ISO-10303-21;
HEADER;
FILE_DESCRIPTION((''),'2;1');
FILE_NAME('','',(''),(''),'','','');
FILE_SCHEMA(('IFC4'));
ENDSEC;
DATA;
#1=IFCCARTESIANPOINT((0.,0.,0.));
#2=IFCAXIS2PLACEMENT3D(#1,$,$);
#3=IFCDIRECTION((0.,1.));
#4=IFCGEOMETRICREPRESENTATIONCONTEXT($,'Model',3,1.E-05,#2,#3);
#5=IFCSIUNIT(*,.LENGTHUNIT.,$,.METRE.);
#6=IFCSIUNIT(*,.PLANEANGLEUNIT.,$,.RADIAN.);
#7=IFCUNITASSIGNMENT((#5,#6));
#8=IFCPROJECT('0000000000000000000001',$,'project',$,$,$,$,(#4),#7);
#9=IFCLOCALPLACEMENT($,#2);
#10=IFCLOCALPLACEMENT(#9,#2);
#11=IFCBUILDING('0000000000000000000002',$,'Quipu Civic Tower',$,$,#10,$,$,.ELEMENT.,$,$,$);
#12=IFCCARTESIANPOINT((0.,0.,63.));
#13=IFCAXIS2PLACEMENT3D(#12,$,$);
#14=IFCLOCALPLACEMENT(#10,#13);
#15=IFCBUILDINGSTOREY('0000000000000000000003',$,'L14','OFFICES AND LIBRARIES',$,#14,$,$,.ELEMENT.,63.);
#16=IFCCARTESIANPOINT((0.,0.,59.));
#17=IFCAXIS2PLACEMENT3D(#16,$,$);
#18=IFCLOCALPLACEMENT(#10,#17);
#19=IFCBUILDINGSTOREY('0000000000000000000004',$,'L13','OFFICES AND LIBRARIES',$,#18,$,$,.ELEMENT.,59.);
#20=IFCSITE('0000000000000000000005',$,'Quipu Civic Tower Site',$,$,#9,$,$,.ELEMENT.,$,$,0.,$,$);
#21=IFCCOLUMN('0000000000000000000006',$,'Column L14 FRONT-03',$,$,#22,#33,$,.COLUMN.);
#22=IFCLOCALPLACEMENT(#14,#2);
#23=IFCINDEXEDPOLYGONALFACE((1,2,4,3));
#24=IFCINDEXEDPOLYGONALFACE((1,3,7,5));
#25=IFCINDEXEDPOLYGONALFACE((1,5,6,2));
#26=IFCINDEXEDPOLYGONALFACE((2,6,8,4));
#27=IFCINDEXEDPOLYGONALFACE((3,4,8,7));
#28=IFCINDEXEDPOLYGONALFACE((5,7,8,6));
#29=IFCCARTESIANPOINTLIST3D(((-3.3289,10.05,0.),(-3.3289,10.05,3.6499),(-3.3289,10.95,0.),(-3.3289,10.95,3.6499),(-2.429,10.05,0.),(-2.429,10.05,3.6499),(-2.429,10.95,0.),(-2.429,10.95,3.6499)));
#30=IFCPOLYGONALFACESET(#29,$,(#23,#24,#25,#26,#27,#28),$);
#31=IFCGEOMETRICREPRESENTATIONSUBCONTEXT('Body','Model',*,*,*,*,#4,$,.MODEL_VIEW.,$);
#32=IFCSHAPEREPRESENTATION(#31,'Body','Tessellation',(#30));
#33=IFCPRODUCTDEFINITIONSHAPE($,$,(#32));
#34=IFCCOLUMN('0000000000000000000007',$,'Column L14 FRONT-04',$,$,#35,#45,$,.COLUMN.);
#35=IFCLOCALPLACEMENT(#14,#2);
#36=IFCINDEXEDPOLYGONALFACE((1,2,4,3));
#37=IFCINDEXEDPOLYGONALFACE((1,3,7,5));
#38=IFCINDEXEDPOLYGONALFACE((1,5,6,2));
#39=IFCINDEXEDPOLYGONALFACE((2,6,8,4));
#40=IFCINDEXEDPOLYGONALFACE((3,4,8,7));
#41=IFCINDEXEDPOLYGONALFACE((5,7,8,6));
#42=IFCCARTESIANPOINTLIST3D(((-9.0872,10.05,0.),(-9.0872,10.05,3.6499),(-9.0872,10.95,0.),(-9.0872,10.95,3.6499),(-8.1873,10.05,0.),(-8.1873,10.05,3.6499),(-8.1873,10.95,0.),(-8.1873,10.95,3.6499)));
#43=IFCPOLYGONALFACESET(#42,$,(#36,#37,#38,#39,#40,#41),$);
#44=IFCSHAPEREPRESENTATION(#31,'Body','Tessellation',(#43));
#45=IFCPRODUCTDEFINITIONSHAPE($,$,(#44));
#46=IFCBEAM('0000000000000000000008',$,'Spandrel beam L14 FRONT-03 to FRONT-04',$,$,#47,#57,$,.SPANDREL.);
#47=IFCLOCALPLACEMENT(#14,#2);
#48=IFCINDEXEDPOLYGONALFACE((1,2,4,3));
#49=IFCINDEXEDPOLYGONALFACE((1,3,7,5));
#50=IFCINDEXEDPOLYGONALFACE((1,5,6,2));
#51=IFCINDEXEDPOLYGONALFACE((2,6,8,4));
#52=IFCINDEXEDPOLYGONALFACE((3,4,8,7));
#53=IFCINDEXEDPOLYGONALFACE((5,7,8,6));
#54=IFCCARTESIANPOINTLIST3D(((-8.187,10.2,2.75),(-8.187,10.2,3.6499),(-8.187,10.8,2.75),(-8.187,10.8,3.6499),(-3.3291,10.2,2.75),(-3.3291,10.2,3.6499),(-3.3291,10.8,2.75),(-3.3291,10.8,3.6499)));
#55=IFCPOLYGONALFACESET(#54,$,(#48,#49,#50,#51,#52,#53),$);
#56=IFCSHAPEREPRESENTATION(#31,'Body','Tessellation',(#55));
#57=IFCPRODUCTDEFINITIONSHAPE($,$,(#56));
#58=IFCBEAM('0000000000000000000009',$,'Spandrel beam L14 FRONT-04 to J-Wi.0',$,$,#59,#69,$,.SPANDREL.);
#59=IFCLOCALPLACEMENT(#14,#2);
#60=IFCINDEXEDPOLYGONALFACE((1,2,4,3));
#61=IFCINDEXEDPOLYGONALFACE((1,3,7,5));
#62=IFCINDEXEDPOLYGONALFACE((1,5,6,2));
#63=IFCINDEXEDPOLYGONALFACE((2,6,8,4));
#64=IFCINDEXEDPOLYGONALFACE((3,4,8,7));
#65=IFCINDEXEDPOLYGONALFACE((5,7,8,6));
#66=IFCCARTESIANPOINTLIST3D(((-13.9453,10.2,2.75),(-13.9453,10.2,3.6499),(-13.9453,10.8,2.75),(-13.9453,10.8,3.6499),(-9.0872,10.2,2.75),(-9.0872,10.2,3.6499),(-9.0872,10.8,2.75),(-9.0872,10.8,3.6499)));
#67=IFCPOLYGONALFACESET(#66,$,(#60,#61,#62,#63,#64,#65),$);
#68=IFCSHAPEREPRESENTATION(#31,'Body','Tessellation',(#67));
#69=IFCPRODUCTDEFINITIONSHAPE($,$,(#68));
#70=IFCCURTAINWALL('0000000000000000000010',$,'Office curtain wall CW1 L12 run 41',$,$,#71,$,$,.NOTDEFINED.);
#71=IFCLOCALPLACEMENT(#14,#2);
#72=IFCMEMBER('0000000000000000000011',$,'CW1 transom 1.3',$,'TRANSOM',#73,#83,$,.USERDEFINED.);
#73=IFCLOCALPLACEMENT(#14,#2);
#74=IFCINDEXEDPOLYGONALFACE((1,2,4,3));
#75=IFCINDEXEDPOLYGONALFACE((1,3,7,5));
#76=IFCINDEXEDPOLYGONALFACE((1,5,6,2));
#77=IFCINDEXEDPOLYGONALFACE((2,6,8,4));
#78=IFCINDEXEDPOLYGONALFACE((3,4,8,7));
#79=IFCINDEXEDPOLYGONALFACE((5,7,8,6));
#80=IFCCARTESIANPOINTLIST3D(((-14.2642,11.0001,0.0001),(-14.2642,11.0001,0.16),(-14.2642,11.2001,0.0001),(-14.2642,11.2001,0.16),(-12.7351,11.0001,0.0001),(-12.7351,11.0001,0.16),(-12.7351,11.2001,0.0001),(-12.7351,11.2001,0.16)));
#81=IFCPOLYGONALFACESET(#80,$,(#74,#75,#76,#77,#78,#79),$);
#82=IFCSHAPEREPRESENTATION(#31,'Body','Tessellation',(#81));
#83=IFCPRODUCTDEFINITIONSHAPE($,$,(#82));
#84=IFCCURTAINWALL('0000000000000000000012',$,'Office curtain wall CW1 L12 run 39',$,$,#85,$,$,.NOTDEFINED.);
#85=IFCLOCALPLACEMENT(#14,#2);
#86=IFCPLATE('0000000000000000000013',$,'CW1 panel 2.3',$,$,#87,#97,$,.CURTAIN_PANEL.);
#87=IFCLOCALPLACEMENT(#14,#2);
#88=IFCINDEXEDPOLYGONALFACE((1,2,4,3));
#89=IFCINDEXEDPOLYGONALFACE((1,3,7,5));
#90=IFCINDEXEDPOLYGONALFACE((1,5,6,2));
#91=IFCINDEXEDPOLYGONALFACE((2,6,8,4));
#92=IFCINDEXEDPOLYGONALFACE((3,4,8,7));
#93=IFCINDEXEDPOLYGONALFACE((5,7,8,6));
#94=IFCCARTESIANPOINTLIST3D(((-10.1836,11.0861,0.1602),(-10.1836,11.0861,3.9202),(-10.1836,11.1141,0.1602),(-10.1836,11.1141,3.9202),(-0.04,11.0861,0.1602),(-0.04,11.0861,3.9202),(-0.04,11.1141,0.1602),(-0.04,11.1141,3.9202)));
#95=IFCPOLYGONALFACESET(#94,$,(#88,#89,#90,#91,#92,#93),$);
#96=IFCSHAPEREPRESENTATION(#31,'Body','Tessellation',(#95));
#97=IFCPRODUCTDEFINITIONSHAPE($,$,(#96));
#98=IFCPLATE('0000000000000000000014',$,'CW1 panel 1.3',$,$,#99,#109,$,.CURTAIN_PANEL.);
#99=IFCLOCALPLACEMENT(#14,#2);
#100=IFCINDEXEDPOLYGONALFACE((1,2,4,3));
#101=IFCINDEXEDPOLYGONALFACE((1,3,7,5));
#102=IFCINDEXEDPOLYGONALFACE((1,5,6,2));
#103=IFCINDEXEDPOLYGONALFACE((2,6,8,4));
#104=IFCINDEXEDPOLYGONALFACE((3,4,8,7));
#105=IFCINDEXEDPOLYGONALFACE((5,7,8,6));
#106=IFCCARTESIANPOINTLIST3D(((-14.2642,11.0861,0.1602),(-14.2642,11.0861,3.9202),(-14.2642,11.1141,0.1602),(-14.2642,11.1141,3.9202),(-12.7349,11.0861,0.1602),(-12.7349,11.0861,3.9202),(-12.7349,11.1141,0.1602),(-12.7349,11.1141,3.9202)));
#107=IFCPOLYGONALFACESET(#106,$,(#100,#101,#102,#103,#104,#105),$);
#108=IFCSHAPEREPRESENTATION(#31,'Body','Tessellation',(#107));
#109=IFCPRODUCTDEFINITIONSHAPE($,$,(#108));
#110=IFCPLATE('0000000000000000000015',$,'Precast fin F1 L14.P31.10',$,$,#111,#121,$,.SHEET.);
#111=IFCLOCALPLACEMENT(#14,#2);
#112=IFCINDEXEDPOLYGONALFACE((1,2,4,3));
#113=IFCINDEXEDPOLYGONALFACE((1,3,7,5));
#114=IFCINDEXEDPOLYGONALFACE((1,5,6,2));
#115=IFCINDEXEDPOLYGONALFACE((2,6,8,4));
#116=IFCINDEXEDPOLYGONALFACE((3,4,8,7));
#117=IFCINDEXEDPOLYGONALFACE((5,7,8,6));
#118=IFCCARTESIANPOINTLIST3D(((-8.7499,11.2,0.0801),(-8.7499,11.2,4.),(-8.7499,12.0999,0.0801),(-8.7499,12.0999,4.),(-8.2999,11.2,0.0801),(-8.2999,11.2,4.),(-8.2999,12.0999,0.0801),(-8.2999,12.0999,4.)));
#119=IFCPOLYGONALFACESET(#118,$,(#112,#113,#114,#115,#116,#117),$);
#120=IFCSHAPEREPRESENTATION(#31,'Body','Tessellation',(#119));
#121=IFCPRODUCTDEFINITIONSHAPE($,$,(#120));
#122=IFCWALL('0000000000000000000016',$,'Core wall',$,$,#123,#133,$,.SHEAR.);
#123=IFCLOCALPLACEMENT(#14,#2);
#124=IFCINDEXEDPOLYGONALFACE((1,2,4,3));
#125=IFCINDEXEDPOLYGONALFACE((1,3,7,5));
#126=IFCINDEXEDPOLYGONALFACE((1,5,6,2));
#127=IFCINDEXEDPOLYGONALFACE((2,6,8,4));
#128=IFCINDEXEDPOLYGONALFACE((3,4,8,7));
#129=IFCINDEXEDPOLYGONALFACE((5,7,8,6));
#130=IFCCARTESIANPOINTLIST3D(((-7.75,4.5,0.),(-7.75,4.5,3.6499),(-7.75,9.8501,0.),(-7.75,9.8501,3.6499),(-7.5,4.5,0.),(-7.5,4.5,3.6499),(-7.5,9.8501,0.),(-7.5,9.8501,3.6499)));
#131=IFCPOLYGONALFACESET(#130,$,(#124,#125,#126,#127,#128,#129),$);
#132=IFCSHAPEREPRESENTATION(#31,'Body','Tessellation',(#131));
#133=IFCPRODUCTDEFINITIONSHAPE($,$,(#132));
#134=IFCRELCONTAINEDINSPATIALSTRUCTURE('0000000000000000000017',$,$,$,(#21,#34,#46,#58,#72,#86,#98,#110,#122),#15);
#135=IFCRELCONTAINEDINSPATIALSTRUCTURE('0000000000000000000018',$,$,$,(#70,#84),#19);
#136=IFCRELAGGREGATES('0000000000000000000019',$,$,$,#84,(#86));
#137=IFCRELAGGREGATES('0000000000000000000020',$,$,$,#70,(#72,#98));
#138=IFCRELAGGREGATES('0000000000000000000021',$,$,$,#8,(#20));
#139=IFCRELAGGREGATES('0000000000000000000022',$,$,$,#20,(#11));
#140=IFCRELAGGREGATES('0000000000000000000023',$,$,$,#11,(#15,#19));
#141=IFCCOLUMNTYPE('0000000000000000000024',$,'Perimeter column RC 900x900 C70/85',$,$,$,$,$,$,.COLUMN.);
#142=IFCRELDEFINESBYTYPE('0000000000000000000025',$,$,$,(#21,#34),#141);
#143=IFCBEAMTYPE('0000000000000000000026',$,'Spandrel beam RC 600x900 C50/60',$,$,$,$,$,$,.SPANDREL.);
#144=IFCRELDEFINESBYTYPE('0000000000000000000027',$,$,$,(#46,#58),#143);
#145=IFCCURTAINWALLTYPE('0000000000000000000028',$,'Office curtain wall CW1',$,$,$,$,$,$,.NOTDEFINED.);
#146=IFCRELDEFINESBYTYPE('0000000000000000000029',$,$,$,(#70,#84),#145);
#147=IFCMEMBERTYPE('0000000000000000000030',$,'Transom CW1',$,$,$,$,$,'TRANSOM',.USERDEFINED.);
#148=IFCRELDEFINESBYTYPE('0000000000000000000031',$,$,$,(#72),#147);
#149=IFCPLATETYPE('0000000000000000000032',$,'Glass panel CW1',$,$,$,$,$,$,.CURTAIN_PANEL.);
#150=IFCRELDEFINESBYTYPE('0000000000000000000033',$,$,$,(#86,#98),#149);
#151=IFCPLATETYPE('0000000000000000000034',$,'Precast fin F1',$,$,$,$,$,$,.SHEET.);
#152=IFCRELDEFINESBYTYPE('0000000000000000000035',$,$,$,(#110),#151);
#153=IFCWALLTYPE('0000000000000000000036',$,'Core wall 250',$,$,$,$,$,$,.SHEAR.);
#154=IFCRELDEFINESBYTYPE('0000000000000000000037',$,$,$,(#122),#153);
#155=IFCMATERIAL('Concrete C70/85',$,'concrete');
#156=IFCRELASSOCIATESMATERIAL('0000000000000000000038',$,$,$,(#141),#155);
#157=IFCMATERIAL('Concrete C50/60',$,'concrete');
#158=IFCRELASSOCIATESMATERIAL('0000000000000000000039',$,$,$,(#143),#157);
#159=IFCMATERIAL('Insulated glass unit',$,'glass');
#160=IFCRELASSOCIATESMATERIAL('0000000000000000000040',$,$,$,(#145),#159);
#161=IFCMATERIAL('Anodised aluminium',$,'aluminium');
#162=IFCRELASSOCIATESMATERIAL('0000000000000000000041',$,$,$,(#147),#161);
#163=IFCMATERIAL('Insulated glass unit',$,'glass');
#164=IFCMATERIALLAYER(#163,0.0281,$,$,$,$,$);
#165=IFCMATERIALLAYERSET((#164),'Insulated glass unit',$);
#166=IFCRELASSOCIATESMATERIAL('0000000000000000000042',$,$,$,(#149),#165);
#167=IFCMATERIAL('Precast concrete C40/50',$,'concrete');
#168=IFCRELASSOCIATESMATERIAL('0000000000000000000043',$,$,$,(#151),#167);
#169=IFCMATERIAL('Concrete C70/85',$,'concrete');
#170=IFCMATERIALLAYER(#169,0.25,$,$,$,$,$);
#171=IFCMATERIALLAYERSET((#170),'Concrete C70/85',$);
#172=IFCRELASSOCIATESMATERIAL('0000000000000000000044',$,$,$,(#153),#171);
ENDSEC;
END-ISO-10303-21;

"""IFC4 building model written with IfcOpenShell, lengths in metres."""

from ifc_helpers import new_model, si_unit, direction, frame, frame_2d, origin, origin_2d, place, context, subcontext, project, spatial, rectangle, extrude, material, layer, layer_set, material_profile, profile_set, type_object, element, aggregate, save


model = new_model("IFC4")

# Units and contexts
model_context = context("Model", 3, precision=1e-05, world=origin(), true_north=direction((0.0, 1.0)))
body_context = subcontext(model_context, "Body", "Model", "MODEL_VIEW")
ifc_project = project(units=[si_unit("LENGTHUNIT", "METRE"), si_unit("PLANEANGLEUNIT", "RADIAN")], contexts=[model_context])

# Site, building, storey
site_placement = place(None, origin())
site = spatial("IfcSite", under=ifc_project, at=site_placement, Name="Quipu Civic Tower Site", CompositionType="ELEMENT", RefElevation=0.0)
building_placement = place(site_placement, origin())
building = spatial("IfcBuilding", under=site, at=building_placement, Name="Quipu Civic Tower", CompositionType="ELEMENT")
storey_1_placement = place(building_placement, frame((0.0, 0.0, 63.0)))
storey_1 = spatial("IfcBuildingStorey", under=building, at=storey_1_placement, Name="L14", Description="OFFICES AND LIBRARIES", CompositionType="ELEMENT", Elevation=63.0)

# Columns
ifc_material_1 = material(Name="Concrete C70/85", Category="concrete")
ifc_material_profile_1 = material_profile(ifc_material_1, rectangle(XDim=0.8999, YDim=0.8999, at=origin_2d()), Name="RC900x900")
ifc_profile_set_1 = profile_set([ifc_material_profile_1], Name="Concrete C70/85")
column_type = type_object("IfcColumnType", Name="Perimeter column RC 900x900 C70/85", PredefinedType="COLUMN", material=ifc_profile_set_1)
for number, where, z_axis, x_axis, name in (
    (1, (-2.8789, 10.5, 0.0), (0.0, 0.0, 1.0), (-1.0, 0.0, 0.0), "Column L14 FRONT-03"),
    (2, (-8.6372, 10.5, 0.0), (0.0, 0.0, 1.0), (-1.0, 0.0, 0.0), "Column L14 FRONT-04"),
):
    element("IfcColumn", number, at=place(storey_1_placement, frame(where, z_axis=z_axis, x_axis=x_axis)), inside=storey_1, type_object=column_type, Name=name, PredefinedType="COLUMN", context=body_context, shape_type="SweptSolid", body=[
        extrude(rectangle(XDim=0.8999, YDim=0.8999, at=origin_2d()), origin(), (0.0, 0.0, 1.0), 3.6499),
    ])

# Beams
ifc_material_2 = material(Name="Concrete C50/60", Category="concrete")
ifc_material_profile_2 = material_profile(ifc_material_2, rectangle(XDim=0.6001, YDim=0.8999, at=origin_2d()), Name="RC600x900")
ifc_profile_set_2 = profile_set([ifc_material_profile_2], Name="Concrete C50/60")
beam_type = type_object("IfcBeamType", Name="Spandrel beam RC 600x900 C50/60", PredefinedType="SPANDREL", material=ifc_profile_set_2)
beam_1_placement = place(storey_1_placement, frame((-3.3291, 10.5, 3.2), z_axis=(-1.0, 0.0, 0.0), x_axis=(0.0, -1.0, 0.0)))
element("IfcBeam", 3, at=beam_1_placement, inside=storey_1, type_object=beam_type, Name="Spandrel beam L14 FRONT-03 to FRONT-04", PredefinedType="SPANDREL", context=body_context, shape_type="SweptSolid", body=[
    extrude(rectangle(XDim=0.6001, YDim=0.8999, at=origin_2d()), origin(), (0.0, 0.0, 1.0), 4.8579),
])
beam_2_placement = place(storey_1_placement, frame((-9.0872, 10.5, 3.2), z_axis=(-1.0, 0.0, 0.0), x_axis=(0.0, -1.0, 0.0)))
element("IfcBeam", 4, at=beam_2_placement, inside=storey_1, type_object=beam_type, Name="Spandrel beam L14 FRONT-04 to J-Wi.0", PredefinedType="SPANDREL", context=body_context, shape_type="SweptSolid", body=[
    extrude(rectangle(XDim=0.6001, YDim=0.8999, at=origin_2d()), origin(), (0.0, 0.0, 1.0), 4.8582),
])

# Shared definitions
storey_2_placement = place(building_placement, frame((0.0, 0.0, 59.0)))
storey_2 = spatial("IfcBuildingStorey", under=building, at=storey_2_placement, Name="L13", Description="OFFICES AND LIBRARIES", CompositionType="ELEMENT", Elevation=59.0)

# Curtain wall, member
ifc_material_3 = material(Name="Insulated glass unit", Category="glass")
curtain_wall_type = type_object("IfcCurtainWallType", Name="Office curtain wall CW1", PredefinedType="NOTDEFINED", material=ifc_material_3)
curtain_wall_1_placement = place(storey_2_placement, origin())
curtain_wall_1 = element("IfcCurtainWall", 5, at=curtain_wall_1_placement, inside=storey_2, type_object=curtain_wall_type, Name="Office curtain wall CW1 L12 run 41", PredefinedType="NOTDEFINED")
ifc_material_4 = material(Name="Anodised aluminium", Category="aluminium")
ifc_material_profile_3 = material_profile(ifc_material_4, rectangle(XDim=0.2, YDim=0.1599, at=origin_2d()), Name="RECT 200x160")
ifc_profile_set_3 = profile_set([ifc_material_profile_3], Name="Anodised aluminium")
member_type = type_object("IfcMemberType", Name="Transom CW1", ElementType="TRANSOM", PredefinedType="USERDEFINED", material=ifc_profile_set_3)
member_placement = place(storey_1_placement, frame((-12.7351, 11.1001, 0.0801), z_axis=(-1.0, 0.0, 0.0), x_axis=(0.0, -1.0, 0.0)))
member = element("IfcMember", 6, at=member_placement, inside=storey_1, type_object=member_type, Name="CW1 transom 1.3", ObjectType="TRANSOM", PredefinedType="USERDEFINED", context=body_context, shape_type="SweptSolid", body=[
    extrude(rectangle(XDim=0.2, YDim=0.1599, at=origin_2d()), origin(), (0.0, 0.0, 1.0), 1.5291),
])

# Curtain wall, plate
curtain_wall_2_placement = place(storey_2_placement, origin())
curtain_wall_2 = element("IfcCurtainWall", 7, at=curtain_wall_2_placement, inside=storey_2, type_object=curtain_wall_type, Name="Office curtain wall CW1 L12 run 39", PredefinedType="NOTDEFINED")
ifc_material_5 = material(Name="Insulated glass unit", Category="glass")
ifc_layer_1 = layer(ifc_material_5, 0.0281)
ifc_layer_set_1 = layer_set([ifc_layer_1], Name="Insulated glass unit")
plate_type_1 = type_object("IfcPlateType", Name="Glass panel CW1", PredefinedType="CURTAIN_PANEL", material=ifc_layer_set_1)
plate_1_placement = place(storey_1_placement, frame((-5.1118, 11.1001, 0.1602), z_axis=(0.0, 0.0, 1.0), x_axis=(-1.0, 0.0, 0.0)))
plate_1 = element("IfcPlate", 8, at=plate_1_placement, inside=storey_1, type_object=plate_type_1, Name="CW1 panel 2.3", PredefinedType="CURTAIN_PANEL", context=body_context, shape_type="SweptSolid", body=[
    extrude(rectangle(XDim=10.1436, YDim=0.0281, at=origin_2d()), origin(), (0.0, 0.0, 1.0), 3.76),
])
aggregate(curtain_wall_2, [plate_1])

# Plates
plate_2_placement = place(storey_1_placement, frame((-13.4995, 11.1001, 0.1602), z_axis=(0.0, 0.0, 1.0), x_axis=(-1.0, 0.0, 0.0)))
plate_2 = element("IfcPlate", 9, at=plate_2_placement, inside=storey_1, type_object=plate_type_1, Name="CW1 panel 1.3", PredefinedType="CURTAIN_PANEL", context=body_context, shape_type="SweptSolid", body=[
    extrude(rectangle(XDim=1.5293, YDim=0.0281, at=origin_2d()), origin(), (0.0, 0.0, 1.0), 3.76),
])
aggregate(curtain_wall_1, [member, plate_2])
ifc_material_6 = material(Name="Precast concrete C40/50", Category="concrete")
plate_type_2 = type_object("IfcPlateType", Name="Precast fin F1", PredefinedType="SHEET", material=ifc_material_6)
plate_3_placement = place(storey_1_placement, frame((-8.5249, 11.6499, 0.0801), z_axis=(0.0, 0.0, 1.0), x_axis=(-1.0, 0.0, 0.0)))
element("IfcPlate", 10, at=plate_3_placement, inside=storey_1, type_object=plate_type_2, Name="Precast fin F1 L14.P31.10", PredefinedType="SHEET", context=body_context, shape_type="SweptSolid", body=[
    extrude(rectangle(XDim=0.45, YDim=0.8999, at=origin_2d()), origin(), (0.0, 0.0, 1.0), 3.9199),
])

# Wall
ifc_material_7 = material(Name="Concrete C70/85", Category="concrete")
ifc_layer_2 = layer(ifc_material_7, 0.25)
ifc_layer_set_2 = layer_set([ifc_layer_2], Name="Concrete C70/85")
wall_type_1 = type_object("IfcWallType", Name="Core wall 250", PredefinedType="SHEAR", material=ifc_layer_set_2)
wall_1_placement = place(storey_1_placement, frame((-7.625, 4.5, 0.0), z_axis=(0.0, 0.0, 1.0), x_axis=(0.0, 1.0, 0.0)))
element("IfcWall", 11, at=wall_1_placement, inside=storey_1, type_object=wall_type_1, Name="Core wall", PredefinedType="SHEAR", context=body_context, shape_type="SweptSolid", body=[
    extrude(rectangle(XDim=5.3501, YDim=0.25, at=frame_2d((2.675, 0.0))), origin(), (0.0, 0.0, 1.0), 3.6499),
])

save(model, "model.ifc")
